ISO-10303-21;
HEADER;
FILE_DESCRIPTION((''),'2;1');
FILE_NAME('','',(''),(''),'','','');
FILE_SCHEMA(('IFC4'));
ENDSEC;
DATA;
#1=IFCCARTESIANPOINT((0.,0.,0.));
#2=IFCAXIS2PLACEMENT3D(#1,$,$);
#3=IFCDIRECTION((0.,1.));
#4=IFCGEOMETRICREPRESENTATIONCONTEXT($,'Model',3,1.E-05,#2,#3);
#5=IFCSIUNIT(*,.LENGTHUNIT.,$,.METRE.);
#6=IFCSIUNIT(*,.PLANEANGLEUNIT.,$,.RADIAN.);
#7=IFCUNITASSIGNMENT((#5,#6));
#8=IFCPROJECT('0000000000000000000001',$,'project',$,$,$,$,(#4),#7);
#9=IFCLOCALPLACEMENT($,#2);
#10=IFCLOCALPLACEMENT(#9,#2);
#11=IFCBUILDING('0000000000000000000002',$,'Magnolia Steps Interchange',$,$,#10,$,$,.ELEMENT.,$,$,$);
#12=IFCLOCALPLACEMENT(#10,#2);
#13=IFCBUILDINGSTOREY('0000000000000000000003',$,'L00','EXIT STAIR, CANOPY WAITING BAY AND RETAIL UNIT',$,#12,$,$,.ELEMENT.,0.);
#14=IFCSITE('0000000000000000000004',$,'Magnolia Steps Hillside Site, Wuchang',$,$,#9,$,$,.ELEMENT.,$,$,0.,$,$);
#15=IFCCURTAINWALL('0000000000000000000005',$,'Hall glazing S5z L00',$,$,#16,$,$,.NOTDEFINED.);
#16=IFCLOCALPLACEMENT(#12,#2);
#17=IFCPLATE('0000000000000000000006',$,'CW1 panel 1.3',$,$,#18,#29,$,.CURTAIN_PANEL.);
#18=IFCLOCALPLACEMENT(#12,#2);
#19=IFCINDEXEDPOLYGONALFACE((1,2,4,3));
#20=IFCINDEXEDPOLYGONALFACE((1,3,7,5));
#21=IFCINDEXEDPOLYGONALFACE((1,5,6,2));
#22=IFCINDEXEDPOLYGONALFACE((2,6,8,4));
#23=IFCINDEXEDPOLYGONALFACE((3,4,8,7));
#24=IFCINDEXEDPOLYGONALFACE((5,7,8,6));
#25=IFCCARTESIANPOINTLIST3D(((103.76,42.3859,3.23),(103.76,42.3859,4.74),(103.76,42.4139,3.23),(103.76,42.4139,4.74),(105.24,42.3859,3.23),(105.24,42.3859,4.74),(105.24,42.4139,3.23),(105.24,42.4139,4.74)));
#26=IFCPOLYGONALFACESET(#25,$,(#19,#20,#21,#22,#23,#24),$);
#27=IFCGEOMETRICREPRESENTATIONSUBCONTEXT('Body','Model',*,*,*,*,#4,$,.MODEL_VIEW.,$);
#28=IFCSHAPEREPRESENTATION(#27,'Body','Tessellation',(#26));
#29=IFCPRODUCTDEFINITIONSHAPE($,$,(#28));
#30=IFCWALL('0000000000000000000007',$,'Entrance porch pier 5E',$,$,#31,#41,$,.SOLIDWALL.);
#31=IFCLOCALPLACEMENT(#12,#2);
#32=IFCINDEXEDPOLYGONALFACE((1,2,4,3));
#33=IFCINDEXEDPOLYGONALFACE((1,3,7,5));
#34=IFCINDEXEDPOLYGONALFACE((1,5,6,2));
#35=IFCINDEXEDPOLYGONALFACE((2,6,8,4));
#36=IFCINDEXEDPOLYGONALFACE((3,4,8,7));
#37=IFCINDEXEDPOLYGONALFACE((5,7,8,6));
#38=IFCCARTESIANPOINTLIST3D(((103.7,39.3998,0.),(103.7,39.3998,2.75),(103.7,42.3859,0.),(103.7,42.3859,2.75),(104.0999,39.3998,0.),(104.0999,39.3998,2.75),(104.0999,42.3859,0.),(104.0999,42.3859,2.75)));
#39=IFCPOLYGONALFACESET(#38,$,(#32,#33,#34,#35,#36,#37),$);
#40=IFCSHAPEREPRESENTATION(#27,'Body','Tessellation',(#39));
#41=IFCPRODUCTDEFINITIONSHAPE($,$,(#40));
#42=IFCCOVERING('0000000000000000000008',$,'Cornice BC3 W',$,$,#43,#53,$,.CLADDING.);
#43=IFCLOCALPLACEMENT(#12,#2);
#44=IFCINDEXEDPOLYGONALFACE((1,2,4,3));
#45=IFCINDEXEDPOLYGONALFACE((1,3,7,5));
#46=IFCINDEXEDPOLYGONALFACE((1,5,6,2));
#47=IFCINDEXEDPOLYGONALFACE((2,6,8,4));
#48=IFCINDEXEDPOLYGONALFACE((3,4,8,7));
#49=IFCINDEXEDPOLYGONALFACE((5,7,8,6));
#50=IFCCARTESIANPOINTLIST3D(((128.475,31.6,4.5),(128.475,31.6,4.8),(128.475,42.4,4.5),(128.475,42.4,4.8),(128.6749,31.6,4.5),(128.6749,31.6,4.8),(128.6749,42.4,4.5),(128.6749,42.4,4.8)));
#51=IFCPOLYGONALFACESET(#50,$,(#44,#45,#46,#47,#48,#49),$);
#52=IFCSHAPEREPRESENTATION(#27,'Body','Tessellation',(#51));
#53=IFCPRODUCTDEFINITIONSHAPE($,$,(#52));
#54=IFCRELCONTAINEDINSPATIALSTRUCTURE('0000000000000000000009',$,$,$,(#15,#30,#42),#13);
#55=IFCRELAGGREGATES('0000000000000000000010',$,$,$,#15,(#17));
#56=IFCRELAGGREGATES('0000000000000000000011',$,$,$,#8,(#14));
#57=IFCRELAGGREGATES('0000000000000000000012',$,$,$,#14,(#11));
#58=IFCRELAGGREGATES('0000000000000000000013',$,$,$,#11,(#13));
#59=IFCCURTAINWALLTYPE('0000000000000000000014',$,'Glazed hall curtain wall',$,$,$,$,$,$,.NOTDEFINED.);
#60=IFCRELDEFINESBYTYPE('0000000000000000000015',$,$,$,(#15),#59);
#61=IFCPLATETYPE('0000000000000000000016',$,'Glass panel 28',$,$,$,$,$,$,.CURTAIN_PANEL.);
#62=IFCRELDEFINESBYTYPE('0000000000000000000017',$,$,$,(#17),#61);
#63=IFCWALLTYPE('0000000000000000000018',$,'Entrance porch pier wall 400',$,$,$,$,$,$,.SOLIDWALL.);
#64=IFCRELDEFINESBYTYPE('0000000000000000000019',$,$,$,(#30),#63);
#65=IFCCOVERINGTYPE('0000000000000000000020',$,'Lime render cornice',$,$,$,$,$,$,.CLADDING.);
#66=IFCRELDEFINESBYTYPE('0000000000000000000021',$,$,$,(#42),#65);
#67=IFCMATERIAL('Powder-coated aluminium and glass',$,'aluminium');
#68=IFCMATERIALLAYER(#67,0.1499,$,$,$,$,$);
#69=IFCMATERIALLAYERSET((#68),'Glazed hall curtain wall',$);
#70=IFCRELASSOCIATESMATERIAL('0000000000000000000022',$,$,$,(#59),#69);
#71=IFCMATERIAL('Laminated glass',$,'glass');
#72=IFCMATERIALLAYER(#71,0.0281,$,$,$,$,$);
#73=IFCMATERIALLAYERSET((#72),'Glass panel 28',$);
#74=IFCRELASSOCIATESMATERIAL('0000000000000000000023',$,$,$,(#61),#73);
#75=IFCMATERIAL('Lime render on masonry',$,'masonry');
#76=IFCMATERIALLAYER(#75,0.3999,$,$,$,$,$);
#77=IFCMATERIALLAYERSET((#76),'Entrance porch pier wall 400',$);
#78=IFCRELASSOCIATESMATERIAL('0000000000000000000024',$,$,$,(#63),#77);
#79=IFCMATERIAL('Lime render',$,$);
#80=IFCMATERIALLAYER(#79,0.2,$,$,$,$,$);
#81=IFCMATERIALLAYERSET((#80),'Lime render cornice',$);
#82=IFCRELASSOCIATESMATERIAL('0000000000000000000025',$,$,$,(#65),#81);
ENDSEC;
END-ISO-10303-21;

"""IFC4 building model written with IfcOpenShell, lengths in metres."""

from ifc_helpers import new_model, si_unit, direction, frame, frame_2d, origin, origin_2d, place, context, subcontext, project, spatial, rectangle, extrude, material, layer, layer_set, type_object, element, aggregate, save


model = new_model("IFC4")

# Units and contexts
model_context = context("Model", 3, precision=1e-05, world=origin(), true_north=direction((0.0, 1.0)))
body_context = subcontext(model_context, "Body", "Model", "MODEL_VIEW")
ifc_project = project(units=[si_unit("LENGTHUNIT", "METRE"), si_unit("PLANEANGLEUNIT", "RADIAN")], contexts=[model_context])

# Site, building, storey
site_placement = place(None, origin())
site = spatial("IfcSite", under=ifc_project, at=site_placement, Name="Magnolia Steps Hillside Site, Wuchang", CompositionType="ELEMENT", RefElevation=0.0)
building_placement = place(site_placement, origin())
building = spatial("IfcBuilding", under=site, at=building_placement, Name="Magnolia Steps Interchange", CompositionType="ELEMENT")
storey_placement = place(building_placement, origin())
storey = spatial("IfcBuildingStorey", under=building, at=storey_placement, Name="L00", Description="EXIT STAIR, CANOPY WAITING BAY AND RETAIL UNIT", CompositionType="ELEMENT", Elevation=0.0)

# Shared definitions
ifc_material_1 = material(Name="Powder-coated aluminium and glass", Category="aluminium")
ifc_layer_1 = layer(ifc_material_1, 0.1499)
ifc_layer_set_1 = layer_set([ifc_layer_1], Name="Glazed hall curtain wall")
curtain_wall_type = type_object("IfcCurtainWallType", Name="Glazed hall curtain wall", PredefinedType="NOTDEFINED", material=ifc_layer_set_1)

# Curtain wall
curtain_wall_1_placement = place(storey_placement, origin())
curtain_wall_1 = element("IfcCurtainWall", 1, at=curtain_wall_1_placement, inside=storey, type_object=curtain_wall_type, Name="Hall glazing S5z L00", PredefinedType="NOTDEFINED")

# Plate
ifc_material_2 = material(Name="Laminated glass", Category="glass")
ifc_layer_2 = layer(ifc_material_2, 0.0281)
ifc_layer_set_2 = layer_set([ifc_layer_2], Name="Glass panel 28")
plate_type = type_object("IfcPlateType", Name="Glass panel 28", PredefinedType="CURTAIN_PANEL", material=ifc_layer_set_2)
plate_1_placement = place(storey_placement, frame((104.5, 42.3999, 3.23), z_axis=(0.0, 0.0, 1.0), x_axis=(1.0, 0.0, 0.0)))
plate_1 = element("IfcPlate", 2, at=plate_1_placement, type_object=plate_type, Name="CW1 panel 1.3", PredefinedType="CURTAIN_PANEL", context=body_context, shape_type="SweptSolid", body=[
    extrude(rectangle(XDim=1.48, YDim=0.0281, at=origin_2d()), origin(), (0.0, 0.0, 1.0), 1.51),
])
aggregate(curtain_wall_1, [plate_1])

# Wall
ifc_material_3 = material(Name="Lime render on masonry", Category="masonry")
ifc_layer_3 = layer(ifc_material_3, 0.3999)
ifc_layer_set_3 = layer_set([ifc_layer_3], Name="Entrance porch pier wall 400")
wall_type = type_object("IfcWallType", Name="Entrance porch pier wall 400", PredefinedType="SOLIDWALL", material=ifc_layer_set_3)
wall_placement = place(storey_placement, frame((103.8999, 42.386, 0.0), z_axis=(0.0, 0.0, 1.0), x_axis=(0.0, -1.0, 0.0)))
element("IfcWall", 3, at=wall_placement, inside=storey, type_object=wall_type, Name="Entrance porch pier 5E", PredefinedType="SOLIDWALL", context=body_context, shape_type="SweptSolid", body=[
    extrude(rectangle(XDim=2.9861, YDim=0.3999, at=frame_2d((1.4932, 0.0))), origin(), (0.0, 0.0, 1.0), 2.75),
])

# Covering
ifc_material_4 = material(Name="Lime render")
ifc_layer_4 = layer(ifc_material_4, 0.2)
ifc_layer_set_4 = layer_set([ifc_layer_4], Name="Lime render cornice")
covering_type_1 = type_object("IfcCoveringType", Name="Lime render cornice", PredefinedType="CLADDING", material=ifc_layer_set_4)
covering_1_placement = place(storey_placement, frame((128.575, 37.0, 4.5), z_axis=(0.0, 0.0, 1.0), x_axis=(1.0, 0.0, 0.0)))
element("IfcCovering", 4, at=covering_1_placement, inside=storey, type_object=covering_type_1, Name="Cornice BC3 W", PredefinedType="CLADDING", context=body_context, shape_type="SweptSolid", body=[
    extrude(rectangle(XDim=0.2, YDim=10.8, at=origin_2d()), origin(), (0.0, 0.0, 1.0), 0.3),
])

save(model, "model.ifc")
